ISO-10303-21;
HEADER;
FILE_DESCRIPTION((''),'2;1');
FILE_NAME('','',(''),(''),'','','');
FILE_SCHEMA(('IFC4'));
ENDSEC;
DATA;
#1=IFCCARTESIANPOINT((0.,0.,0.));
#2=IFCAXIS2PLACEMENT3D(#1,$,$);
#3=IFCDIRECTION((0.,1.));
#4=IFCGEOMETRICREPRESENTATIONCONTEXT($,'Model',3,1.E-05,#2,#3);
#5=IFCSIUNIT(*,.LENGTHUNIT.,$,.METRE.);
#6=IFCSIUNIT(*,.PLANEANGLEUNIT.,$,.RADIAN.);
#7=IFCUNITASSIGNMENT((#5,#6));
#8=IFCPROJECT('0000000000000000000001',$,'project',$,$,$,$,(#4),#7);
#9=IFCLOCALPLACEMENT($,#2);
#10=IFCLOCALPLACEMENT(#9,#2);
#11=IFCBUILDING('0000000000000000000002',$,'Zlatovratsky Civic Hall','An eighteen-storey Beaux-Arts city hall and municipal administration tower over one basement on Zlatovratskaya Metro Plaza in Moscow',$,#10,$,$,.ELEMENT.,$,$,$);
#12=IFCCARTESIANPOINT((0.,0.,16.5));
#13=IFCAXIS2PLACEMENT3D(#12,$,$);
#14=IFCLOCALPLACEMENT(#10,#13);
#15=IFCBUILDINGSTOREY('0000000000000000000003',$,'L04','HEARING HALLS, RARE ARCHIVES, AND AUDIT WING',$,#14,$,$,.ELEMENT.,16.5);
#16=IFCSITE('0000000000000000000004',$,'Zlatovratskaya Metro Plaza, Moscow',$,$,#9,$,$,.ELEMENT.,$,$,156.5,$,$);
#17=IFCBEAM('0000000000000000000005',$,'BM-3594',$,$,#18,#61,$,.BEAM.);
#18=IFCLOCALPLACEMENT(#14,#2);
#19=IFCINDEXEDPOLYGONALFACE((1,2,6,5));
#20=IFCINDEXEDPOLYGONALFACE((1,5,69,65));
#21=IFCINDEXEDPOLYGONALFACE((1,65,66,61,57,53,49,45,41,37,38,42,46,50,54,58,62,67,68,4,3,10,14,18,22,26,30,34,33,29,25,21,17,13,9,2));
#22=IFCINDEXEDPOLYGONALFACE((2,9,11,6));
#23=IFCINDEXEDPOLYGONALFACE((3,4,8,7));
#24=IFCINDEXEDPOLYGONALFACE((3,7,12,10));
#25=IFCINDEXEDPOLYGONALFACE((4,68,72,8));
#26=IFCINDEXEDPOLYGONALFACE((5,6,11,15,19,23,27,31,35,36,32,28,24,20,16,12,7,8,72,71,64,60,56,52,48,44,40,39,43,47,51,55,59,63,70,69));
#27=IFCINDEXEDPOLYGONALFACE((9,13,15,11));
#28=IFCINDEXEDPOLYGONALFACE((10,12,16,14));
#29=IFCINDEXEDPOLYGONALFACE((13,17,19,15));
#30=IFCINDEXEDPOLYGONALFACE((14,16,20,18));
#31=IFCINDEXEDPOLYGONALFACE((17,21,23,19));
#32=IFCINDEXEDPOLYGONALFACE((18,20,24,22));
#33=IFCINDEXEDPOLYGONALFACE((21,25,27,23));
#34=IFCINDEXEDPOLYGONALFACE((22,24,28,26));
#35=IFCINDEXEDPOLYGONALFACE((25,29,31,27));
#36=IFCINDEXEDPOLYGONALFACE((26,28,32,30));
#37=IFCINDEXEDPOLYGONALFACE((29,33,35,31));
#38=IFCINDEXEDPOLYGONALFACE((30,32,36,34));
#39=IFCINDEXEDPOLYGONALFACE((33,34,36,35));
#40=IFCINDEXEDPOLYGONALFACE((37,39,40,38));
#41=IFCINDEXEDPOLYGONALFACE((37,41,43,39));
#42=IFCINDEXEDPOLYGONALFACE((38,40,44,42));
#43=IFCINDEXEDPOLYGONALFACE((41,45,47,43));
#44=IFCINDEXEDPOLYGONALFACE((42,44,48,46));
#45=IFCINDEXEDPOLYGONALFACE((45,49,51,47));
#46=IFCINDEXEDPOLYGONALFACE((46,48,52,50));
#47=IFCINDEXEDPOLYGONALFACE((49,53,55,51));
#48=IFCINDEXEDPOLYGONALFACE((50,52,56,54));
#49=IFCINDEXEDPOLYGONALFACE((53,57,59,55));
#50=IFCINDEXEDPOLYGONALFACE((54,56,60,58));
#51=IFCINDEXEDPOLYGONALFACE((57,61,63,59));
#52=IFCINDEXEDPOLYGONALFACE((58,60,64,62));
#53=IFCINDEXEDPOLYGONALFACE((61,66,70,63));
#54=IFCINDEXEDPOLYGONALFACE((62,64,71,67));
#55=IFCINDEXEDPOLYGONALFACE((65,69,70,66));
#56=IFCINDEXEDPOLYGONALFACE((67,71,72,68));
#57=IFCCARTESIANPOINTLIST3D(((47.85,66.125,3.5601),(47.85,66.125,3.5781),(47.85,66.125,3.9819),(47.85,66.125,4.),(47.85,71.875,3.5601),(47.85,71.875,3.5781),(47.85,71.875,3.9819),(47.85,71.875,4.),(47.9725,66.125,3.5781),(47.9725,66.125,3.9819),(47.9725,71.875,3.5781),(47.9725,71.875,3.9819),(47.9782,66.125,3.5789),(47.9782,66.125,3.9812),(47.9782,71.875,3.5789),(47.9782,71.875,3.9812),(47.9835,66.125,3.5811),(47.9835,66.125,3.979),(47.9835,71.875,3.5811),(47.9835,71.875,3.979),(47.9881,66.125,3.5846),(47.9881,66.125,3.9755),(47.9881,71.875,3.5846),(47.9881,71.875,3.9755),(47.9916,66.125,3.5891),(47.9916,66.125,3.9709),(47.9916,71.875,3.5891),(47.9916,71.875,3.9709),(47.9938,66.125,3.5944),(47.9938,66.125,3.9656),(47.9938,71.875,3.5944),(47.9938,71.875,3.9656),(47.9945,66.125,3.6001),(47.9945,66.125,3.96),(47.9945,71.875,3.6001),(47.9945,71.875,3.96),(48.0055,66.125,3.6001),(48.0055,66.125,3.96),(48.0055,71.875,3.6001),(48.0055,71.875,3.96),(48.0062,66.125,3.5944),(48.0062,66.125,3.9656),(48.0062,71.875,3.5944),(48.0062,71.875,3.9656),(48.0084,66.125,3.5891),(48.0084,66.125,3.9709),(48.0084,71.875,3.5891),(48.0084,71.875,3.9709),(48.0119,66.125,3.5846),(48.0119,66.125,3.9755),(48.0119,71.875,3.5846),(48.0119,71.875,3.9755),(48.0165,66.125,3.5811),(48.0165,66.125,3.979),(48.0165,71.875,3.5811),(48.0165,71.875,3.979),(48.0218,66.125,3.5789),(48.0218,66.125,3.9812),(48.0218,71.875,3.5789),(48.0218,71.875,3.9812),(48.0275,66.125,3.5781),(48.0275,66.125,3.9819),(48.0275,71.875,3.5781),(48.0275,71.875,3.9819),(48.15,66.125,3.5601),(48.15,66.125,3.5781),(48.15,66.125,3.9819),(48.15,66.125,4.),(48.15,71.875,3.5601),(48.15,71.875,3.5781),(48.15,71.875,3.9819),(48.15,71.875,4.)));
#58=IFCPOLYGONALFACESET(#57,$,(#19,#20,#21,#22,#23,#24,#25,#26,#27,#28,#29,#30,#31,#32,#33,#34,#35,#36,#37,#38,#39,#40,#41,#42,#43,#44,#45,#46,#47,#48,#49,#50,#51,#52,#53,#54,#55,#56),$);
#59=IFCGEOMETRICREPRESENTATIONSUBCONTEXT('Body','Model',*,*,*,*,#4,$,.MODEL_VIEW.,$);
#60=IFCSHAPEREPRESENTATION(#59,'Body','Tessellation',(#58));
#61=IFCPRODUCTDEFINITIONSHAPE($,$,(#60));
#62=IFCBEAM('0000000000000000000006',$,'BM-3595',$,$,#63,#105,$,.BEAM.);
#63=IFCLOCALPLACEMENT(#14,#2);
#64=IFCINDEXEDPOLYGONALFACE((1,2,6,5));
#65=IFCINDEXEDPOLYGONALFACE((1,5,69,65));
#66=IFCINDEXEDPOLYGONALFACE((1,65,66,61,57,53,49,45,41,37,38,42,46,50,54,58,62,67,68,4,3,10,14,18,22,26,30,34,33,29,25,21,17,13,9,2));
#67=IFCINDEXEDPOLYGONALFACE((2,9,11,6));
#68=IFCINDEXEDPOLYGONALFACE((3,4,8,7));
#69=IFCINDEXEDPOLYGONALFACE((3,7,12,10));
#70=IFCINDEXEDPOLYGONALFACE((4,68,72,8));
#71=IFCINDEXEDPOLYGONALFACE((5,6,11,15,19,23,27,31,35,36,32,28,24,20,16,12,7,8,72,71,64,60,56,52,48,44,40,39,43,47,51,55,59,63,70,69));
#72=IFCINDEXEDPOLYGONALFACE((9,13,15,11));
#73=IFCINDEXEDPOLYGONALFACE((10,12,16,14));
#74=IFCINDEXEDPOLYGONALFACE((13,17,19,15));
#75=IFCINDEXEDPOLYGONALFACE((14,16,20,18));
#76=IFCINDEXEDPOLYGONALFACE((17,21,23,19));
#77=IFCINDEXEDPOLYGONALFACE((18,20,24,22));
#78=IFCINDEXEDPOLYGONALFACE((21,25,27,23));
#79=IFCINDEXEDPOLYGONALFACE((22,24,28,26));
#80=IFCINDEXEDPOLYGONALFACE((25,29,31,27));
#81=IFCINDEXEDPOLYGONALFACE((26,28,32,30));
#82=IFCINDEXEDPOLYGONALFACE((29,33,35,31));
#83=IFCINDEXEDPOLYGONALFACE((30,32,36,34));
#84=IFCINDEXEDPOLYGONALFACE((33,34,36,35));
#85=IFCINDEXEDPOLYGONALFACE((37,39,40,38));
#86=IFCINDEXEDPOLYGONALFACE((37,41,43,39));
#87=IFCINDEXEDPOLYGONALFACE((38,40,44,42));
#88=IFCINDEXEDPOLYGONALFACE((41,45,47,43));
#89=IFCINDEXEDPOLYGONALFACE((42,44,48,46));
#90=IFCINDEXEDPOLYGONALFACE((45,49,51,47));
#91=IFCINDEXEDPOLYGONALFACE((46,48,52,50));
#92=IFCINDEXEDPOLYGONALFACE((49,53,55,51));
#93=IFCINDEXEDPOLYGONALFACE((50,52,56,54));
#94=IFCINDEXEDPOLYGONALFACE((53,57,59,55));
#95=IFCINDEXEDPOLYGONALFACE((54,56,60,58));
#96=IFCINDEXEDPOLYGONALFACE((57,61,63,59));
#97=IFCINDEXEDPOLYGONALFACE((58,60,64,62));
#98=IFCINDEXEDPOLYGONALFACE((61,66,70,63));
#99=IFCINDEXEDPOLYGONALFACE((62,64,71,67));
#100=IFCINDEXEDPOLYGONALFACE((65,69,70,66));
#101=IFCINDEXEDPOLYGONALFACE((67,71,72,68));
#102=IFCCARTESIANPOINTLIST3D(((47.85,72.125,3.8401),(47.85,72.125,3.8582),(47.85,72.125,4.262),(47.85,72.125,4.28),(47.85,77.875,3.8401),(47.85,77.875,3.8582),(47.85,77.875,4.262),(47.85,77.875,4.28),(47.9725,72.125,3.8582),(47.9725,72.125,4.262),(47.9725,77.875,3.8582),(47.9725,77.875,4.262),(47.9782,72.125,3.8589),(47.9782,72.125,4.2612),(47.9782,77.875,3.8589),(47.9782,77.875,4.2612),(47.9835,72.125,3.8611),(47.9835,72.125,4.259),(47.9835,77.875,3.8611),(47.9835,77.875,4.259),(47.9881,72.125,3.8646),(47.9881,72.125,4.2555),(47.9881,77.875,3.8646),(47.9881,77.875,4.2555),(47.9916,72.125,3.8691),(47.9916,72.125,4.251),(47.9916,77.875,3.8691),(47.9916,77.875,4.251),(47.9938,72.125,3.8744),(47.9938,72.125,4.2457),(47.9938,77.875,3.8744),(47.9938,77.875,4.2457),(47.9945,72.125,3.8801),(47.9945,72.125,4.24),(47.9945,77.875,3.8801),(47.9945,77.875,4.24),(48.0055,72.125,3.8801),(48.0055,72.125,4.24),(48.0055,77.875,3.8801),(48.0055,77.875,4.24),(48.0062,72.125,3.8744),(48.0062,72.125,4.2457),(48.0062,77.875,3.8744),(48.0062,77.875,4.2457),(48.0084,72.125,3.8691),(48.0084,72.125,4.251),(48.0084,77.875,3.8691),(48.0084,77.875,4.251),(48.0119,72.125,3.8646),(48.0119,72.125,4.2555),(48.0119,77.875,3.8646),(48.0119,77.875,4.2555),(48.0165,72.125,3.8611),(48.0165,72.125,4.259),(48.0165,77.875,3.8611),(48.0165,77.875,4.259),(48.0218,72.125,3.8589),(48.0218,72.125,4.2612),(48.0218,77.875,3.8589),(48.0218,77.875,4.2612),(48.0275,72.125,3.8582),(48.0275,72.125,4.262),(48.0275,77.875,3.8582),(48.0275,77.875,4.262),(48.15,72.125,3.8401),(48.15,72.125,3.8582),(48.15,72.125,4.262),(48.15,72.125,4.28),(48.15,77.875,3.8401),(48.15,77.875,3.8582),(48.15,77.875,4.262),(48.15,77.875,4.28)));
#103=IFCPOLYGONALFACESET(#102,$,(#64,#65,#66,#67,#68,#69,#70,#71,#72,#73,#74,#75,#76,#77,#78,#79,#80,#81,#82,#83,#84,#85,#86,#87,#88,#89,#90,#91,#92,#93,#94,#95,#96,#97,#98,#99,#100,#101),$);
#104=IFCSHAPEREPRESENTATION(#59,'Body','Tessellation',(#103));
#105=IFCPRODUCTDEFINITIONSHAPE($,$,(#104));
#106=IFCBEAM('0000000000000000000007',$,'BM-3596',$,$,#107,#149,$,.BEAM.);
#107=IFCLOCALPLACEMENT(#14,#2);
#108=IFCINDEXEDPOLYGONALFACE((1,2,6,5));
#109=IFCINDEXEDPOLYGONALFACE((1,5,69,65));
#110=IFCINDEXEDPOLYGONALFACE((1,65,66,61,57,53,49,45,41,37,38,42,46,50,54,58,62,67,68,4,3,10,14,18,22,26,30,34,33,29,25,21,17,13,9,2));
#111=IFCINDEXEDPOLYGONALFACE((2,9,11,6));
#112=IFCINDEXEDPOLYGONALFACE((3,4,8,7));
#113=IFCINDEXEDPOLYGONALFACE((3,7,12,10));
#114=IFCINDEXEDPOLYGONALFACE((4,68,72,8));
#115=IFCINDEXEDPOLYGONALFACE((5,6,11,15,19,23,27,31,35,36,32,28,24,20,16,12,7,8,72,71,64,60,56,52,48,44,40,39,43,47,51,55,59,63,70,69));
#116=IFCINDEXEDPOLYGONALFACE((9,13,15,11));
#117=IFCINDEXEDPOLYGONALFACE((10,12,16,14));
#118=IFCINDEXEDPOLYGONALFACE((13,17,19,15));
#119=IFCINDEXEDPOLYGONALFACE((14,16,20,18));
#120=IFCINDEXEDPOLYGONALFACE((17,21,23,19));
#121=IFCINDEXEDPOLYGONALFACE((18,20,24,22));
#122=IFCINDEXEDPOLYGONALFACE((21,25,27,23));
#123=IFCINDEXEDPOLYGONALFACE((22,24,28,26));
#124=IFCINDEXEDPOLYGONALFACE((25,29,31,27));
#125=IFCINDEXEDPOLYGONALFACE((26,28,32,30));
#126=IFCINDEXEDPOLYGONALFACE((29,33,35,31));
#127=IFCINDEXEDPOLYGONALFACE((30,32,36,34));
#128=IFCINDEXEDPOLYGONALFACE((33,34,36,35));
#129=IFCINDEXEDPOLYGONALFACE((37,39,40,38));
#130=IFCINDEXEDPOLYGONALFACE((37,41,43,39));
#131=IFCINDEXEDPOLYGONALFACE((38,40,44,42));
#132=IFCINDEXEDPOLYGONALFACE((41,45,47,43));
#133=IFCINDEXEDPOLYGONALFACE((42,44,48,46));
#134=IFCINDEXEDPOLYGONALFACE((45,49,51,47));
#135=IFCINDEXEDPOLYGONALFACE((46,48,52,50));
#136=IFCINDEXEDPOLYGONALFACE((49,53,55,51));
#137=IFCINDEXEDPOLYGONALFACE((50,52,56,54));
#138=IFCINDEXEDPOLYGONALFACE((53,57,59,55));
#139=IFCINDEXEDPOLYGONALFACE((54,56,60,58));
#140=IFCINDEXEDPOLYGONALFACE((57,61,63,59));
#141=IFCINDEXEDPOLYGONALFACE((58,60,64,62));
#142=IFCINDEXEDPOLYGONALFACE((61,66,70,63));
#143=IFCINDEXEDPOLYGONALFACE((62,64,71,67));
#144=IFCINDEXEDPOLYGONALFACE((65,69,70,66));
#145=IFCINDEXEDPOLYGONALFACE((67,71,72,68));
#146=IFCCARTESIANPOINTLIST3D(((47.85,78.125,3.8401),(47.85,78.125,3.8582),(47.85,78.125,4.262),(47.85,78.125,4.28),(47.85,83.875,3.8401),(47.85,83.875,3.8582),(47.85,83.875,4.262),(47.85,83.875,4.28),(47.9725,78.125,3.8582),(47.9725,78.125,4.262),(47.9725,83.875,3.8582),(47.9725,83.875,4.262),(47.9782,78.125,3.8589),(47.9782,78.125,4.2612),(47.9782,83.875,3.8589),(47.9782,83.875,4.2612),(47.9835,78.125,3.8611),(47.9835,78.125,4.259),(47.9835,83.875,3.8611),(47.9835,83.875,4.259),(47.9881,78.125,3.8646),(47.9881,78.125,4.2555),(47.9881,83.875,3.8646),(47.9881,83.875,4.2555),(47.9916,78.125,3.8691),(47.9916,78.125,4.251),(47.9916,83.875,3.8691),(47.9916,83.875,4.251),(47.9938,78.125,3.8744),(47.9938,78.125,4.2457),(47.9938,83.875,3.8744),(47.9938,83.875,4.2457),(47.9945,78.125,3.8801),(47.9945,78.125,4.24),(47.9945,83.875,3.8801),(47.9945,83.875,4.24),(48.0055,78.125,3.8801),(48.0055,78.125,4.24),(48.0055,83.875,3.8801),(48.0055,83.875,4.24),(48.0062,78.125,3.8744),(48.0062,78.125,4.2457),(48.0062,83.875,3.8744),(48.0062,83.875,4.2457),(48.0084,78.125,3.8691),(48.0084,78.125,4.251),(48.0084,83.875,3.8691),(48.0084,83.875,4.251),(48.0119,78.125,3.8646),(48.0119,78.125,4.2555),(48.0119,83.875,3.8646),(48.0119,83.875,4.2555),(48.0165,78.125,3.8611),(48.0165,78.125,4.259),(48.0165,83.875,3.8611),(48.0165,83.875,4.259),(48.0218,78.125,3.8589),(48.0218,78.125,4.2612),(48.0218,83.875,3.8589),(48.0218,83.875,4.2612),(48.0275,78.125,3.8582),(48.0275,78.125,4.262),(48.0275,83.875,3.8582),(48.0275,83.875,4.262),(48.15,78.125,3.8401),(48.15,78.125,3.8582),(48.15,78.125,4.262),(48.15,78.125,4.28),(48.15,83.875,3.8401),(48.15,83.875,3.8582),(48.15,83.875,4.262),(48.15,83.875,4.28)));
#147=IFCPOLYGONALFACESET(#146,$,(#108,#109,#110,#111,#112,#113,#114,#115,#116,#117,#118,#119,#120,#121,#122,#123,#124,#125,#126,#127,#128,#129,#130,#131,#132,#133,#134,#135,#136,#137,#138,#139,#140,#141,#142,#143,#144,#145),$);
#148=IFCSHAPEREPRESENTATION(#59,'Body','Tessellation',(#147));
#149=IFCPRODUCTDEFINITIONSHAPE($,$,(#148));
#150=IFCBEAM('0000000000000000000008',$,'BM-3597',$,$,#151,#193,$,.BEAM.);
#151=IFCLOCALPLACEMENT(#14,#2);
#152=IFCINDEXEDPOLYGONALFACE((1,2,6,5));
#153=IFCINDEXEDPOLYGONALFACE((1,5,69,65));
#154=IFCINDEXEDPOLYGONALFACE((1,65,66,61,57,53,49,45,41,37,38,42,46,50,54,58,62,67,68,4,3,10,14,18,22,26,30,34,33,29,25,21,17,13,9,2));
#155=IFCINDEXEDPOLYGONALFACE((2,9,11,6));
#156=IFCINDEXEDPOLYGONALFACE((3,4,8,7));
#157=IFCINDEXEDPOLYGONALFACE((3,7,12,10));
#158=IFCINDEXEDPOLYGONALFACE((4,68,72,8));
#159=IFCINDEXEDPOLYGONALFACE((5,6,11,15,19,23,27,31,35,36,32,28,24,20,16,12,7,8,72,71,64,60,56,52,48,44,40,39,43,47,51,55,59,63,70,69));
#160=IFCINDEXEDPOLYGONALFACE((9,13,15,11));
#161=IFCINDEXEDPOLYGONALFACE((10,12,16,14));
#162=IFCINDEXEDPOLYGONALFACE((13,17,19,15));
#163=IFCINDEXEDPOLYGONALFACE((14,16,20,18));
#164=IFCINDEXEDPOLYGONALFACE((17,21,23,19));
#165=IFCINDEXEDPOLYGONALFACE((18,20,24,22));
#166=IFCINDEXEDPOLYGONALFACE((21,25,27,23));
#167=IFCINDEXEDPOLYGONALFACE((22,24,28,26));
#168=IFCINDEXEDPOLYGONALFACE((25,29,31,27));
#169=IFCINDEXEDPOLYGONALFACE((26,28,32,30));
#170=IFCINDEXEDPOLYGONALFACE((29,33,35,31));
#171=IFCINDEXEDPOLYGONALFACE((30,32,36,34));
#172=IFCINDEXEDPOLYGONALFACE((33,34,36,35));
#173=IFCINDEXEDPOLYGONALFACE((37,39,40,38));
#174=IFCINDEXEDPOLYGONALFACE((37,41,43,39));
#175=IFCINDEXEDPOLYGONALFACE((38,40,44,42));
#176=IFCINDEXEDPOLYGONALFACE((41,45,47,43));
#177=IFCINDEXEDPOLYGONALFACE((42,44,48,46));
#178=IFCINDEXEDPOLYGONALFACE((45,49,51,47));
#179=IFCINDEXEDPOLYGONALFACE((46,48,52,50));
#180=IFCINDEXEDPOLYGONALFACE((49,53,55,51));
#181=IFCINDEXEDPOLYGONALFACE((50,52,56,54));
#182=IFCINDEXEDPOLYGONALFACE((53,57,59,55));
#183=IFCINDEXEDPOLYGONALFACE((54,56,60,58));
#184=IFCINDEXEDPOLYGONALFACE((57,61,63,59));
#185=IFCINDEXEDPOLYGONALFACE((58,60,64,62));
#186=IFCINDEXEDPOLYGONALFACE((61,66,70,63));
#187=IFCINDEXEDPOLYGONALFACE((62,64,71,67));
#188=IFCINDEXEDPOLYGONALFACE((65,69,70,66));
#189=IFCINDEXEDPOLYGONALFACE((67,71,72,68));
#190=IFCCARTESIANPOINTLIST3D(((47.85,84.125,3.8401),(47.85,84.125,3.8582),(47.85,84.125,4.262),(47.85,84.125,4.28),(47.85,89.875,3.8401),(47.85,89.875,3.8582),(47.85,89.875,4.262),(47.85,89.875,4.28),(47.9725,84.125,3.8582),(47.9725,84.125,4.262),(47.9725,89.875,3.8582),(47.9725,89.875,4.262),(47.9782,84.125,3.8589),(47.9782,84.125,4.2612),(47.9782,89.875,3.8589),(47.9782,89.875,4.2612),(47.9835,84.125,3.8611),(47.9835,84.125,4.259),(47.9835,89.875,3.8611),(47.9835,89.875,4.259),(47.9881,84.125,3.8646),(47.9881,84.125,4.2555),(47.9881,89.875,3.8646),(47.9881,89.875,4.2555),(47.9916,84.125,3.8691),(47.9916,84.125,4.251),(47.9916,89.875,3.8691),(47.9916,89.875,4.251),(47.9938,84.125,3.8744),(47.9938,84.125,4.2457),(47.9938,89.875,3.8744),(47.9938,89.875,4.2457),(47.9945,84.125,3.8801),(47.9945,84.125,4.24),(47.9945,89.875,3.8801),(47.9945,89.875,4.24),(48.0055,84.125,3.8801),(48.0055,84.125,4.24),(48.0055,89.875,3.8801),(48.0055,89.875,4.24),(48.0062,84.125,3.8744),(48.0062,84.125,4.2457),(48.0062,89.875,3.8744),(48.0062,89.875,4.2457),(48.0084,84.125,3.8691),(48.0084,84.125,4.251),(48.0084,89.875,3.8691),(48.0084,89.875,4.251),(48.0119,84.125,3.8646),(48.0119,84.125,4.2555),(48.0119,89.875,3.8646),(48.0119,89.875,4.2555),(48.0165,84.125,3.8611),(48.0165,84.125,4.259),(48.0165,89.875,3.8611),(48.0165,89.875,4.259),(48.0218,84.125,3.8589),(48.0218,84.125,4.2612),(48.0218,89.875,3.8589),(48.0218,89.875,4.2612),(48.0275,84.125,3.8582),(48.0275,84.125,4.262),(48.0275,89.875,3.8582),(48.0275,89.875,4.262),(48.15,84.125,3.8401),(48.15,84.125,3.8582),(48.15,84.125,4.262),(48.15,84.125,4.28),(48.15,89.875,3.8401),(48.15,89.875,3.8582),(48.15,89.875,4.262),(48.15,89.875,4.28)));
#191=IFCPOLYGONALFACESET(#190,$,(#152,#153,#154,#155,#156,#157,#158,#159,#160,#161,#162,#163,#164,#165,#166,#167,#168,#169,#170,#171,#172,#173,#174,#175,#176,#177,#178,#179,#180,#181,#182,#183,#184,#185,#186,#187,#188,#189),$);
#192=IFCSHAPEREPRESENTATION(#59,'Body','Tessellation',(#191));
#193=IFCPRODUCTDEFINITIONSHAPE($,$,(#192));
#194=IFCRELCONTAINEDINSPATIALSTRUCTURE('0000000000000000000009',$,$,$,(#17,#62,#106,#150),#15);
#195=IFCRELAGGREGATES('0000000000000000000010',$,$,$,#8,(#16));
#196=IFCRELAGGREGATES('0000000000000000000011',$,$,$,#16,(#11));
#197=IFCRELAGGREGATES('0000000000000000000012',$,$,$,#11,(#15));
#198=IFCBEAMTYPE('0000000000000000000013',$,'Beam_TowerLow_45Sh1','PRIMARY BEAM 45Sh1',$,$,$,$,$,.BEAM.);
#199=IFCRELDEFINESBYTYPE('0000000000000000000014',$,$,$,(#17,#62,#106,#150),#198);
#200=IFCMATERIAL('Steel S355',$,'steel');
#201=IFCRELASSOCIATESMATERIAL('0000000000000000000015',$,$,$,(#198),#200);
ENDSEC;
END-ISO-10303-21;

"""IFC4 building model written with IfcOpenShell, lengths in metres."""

from ifc_helpers import new_model, si_unit, direction, frame, origin, origin_2d, place, context, subcontext, project, spatial, i_section, extrude, material, material_profile, profile_set, type_object, element, save


model = new_model("IFC4")

# Units and contexts
model_context = context("Model", 3, precision=1e-05, world=origin(), true_north=direction((0.0, 1.0)))
body_context = subcontext(model_context, "Body", "Model", "MODEL_VIEW")
ifc_project = project(units=[si_unit("LENGTHUNIT", "METRE"), si_unit("PLANEANGLEUNIT", "RADIAN")], contexts=[model_context])

# Site, building, storey
site_placement = place(None, origin())
site = spatial("IfcSite", under=ifc_project, at=site_placement, Name="Zlatovratskaya Metro Plaza, Moscow", CompositionType="ELEMENT", RefElevation=156.5)
building_placement = place(site_placement, origin())
building = spatial("IfcBuilding", under=site, at=building_placement, Name="Zlatovratsky Civic Hall", Description="An eighteen-storey Beaux-Arts city hall and municipal administration tower over one basement on Zlatovratskaya Metro Plaza in Moscow", CompositionType="ELEMENT")
storey_placement = place(building_placement, frame((0.0, 0.0, 16.5)))
storey = spatial("IfcBuildingStorey", under=building, at=storey_placement, Name="L04", Description="HEARING HALLS, RARE ARCHIVES, AND AUDIT WING", CompositionType="ELEMENT", Elevation=16.5)

# Shared definitions
ifc_material_1 = material(Name="Steel S355", Category="steel")

# Beams
ifc_material_profile_1 = material_profile(ifc_material_1, i_section(OverallWidth=0.3, OverallDepth=0.4399, WebThickness=0.011, FlangeThickness=0.0181, FilletRadius=0.022, at=origin_2d()), Name="45Sh1")
ifc_profile_set_1 = profile_set([ifc_material_profile_1], Name="Steel S355")
beam_type_1 = type_object("IfcBeamType", Name="Beam_TowerLow_45Sh1", Description="PRIMARY BEAM 45Sh1", PredefinedType="BEAM", material=ifc_profile_set_1)
for number, where, z_axis, x_axis, name in (
    (1, (48.0, 66.125, 3.78), (0.0, 1.0, 0.0), (-1.0, 0.0, 0.0), "BM-3594"),
    (2, (48.0, 72.125, 4.0601), (0.0, 1.0, 0.0), (-1.0, 0.0, 0.0), "BM-3595"),
    (3, (48.0, 78.125, 4.0601), (0.0, 1.0, 0.0), (-1.0, 0.0, 0.0), "BM-3596"),
    (4, (48.0, 84.125, 4.0601), (0.0, 1.0, 0.0), (-1.0, 0.0, 0.0), "BM-3597"),
):
    element("IfcBeam", number, at=place(storey_placement, frame(where, z_axis=z_axis, x_axis=x_axis)), inside=storey, type_object=beam_type_1, Name=name, PredefinedType="BEAM", context=body_context, shape_type="SweptSolid", body=[
        extrude(i_section(OverallWidth=0.3, OverallDepth=0.4399, WebThickness=0.011, FlangeThickness=0.0181, FilletRadius=0.022, at=origin_2d()), origin(), (0.0, 0.0, 1.0), 5.75),
    ])

save(model, "model.ifc")
